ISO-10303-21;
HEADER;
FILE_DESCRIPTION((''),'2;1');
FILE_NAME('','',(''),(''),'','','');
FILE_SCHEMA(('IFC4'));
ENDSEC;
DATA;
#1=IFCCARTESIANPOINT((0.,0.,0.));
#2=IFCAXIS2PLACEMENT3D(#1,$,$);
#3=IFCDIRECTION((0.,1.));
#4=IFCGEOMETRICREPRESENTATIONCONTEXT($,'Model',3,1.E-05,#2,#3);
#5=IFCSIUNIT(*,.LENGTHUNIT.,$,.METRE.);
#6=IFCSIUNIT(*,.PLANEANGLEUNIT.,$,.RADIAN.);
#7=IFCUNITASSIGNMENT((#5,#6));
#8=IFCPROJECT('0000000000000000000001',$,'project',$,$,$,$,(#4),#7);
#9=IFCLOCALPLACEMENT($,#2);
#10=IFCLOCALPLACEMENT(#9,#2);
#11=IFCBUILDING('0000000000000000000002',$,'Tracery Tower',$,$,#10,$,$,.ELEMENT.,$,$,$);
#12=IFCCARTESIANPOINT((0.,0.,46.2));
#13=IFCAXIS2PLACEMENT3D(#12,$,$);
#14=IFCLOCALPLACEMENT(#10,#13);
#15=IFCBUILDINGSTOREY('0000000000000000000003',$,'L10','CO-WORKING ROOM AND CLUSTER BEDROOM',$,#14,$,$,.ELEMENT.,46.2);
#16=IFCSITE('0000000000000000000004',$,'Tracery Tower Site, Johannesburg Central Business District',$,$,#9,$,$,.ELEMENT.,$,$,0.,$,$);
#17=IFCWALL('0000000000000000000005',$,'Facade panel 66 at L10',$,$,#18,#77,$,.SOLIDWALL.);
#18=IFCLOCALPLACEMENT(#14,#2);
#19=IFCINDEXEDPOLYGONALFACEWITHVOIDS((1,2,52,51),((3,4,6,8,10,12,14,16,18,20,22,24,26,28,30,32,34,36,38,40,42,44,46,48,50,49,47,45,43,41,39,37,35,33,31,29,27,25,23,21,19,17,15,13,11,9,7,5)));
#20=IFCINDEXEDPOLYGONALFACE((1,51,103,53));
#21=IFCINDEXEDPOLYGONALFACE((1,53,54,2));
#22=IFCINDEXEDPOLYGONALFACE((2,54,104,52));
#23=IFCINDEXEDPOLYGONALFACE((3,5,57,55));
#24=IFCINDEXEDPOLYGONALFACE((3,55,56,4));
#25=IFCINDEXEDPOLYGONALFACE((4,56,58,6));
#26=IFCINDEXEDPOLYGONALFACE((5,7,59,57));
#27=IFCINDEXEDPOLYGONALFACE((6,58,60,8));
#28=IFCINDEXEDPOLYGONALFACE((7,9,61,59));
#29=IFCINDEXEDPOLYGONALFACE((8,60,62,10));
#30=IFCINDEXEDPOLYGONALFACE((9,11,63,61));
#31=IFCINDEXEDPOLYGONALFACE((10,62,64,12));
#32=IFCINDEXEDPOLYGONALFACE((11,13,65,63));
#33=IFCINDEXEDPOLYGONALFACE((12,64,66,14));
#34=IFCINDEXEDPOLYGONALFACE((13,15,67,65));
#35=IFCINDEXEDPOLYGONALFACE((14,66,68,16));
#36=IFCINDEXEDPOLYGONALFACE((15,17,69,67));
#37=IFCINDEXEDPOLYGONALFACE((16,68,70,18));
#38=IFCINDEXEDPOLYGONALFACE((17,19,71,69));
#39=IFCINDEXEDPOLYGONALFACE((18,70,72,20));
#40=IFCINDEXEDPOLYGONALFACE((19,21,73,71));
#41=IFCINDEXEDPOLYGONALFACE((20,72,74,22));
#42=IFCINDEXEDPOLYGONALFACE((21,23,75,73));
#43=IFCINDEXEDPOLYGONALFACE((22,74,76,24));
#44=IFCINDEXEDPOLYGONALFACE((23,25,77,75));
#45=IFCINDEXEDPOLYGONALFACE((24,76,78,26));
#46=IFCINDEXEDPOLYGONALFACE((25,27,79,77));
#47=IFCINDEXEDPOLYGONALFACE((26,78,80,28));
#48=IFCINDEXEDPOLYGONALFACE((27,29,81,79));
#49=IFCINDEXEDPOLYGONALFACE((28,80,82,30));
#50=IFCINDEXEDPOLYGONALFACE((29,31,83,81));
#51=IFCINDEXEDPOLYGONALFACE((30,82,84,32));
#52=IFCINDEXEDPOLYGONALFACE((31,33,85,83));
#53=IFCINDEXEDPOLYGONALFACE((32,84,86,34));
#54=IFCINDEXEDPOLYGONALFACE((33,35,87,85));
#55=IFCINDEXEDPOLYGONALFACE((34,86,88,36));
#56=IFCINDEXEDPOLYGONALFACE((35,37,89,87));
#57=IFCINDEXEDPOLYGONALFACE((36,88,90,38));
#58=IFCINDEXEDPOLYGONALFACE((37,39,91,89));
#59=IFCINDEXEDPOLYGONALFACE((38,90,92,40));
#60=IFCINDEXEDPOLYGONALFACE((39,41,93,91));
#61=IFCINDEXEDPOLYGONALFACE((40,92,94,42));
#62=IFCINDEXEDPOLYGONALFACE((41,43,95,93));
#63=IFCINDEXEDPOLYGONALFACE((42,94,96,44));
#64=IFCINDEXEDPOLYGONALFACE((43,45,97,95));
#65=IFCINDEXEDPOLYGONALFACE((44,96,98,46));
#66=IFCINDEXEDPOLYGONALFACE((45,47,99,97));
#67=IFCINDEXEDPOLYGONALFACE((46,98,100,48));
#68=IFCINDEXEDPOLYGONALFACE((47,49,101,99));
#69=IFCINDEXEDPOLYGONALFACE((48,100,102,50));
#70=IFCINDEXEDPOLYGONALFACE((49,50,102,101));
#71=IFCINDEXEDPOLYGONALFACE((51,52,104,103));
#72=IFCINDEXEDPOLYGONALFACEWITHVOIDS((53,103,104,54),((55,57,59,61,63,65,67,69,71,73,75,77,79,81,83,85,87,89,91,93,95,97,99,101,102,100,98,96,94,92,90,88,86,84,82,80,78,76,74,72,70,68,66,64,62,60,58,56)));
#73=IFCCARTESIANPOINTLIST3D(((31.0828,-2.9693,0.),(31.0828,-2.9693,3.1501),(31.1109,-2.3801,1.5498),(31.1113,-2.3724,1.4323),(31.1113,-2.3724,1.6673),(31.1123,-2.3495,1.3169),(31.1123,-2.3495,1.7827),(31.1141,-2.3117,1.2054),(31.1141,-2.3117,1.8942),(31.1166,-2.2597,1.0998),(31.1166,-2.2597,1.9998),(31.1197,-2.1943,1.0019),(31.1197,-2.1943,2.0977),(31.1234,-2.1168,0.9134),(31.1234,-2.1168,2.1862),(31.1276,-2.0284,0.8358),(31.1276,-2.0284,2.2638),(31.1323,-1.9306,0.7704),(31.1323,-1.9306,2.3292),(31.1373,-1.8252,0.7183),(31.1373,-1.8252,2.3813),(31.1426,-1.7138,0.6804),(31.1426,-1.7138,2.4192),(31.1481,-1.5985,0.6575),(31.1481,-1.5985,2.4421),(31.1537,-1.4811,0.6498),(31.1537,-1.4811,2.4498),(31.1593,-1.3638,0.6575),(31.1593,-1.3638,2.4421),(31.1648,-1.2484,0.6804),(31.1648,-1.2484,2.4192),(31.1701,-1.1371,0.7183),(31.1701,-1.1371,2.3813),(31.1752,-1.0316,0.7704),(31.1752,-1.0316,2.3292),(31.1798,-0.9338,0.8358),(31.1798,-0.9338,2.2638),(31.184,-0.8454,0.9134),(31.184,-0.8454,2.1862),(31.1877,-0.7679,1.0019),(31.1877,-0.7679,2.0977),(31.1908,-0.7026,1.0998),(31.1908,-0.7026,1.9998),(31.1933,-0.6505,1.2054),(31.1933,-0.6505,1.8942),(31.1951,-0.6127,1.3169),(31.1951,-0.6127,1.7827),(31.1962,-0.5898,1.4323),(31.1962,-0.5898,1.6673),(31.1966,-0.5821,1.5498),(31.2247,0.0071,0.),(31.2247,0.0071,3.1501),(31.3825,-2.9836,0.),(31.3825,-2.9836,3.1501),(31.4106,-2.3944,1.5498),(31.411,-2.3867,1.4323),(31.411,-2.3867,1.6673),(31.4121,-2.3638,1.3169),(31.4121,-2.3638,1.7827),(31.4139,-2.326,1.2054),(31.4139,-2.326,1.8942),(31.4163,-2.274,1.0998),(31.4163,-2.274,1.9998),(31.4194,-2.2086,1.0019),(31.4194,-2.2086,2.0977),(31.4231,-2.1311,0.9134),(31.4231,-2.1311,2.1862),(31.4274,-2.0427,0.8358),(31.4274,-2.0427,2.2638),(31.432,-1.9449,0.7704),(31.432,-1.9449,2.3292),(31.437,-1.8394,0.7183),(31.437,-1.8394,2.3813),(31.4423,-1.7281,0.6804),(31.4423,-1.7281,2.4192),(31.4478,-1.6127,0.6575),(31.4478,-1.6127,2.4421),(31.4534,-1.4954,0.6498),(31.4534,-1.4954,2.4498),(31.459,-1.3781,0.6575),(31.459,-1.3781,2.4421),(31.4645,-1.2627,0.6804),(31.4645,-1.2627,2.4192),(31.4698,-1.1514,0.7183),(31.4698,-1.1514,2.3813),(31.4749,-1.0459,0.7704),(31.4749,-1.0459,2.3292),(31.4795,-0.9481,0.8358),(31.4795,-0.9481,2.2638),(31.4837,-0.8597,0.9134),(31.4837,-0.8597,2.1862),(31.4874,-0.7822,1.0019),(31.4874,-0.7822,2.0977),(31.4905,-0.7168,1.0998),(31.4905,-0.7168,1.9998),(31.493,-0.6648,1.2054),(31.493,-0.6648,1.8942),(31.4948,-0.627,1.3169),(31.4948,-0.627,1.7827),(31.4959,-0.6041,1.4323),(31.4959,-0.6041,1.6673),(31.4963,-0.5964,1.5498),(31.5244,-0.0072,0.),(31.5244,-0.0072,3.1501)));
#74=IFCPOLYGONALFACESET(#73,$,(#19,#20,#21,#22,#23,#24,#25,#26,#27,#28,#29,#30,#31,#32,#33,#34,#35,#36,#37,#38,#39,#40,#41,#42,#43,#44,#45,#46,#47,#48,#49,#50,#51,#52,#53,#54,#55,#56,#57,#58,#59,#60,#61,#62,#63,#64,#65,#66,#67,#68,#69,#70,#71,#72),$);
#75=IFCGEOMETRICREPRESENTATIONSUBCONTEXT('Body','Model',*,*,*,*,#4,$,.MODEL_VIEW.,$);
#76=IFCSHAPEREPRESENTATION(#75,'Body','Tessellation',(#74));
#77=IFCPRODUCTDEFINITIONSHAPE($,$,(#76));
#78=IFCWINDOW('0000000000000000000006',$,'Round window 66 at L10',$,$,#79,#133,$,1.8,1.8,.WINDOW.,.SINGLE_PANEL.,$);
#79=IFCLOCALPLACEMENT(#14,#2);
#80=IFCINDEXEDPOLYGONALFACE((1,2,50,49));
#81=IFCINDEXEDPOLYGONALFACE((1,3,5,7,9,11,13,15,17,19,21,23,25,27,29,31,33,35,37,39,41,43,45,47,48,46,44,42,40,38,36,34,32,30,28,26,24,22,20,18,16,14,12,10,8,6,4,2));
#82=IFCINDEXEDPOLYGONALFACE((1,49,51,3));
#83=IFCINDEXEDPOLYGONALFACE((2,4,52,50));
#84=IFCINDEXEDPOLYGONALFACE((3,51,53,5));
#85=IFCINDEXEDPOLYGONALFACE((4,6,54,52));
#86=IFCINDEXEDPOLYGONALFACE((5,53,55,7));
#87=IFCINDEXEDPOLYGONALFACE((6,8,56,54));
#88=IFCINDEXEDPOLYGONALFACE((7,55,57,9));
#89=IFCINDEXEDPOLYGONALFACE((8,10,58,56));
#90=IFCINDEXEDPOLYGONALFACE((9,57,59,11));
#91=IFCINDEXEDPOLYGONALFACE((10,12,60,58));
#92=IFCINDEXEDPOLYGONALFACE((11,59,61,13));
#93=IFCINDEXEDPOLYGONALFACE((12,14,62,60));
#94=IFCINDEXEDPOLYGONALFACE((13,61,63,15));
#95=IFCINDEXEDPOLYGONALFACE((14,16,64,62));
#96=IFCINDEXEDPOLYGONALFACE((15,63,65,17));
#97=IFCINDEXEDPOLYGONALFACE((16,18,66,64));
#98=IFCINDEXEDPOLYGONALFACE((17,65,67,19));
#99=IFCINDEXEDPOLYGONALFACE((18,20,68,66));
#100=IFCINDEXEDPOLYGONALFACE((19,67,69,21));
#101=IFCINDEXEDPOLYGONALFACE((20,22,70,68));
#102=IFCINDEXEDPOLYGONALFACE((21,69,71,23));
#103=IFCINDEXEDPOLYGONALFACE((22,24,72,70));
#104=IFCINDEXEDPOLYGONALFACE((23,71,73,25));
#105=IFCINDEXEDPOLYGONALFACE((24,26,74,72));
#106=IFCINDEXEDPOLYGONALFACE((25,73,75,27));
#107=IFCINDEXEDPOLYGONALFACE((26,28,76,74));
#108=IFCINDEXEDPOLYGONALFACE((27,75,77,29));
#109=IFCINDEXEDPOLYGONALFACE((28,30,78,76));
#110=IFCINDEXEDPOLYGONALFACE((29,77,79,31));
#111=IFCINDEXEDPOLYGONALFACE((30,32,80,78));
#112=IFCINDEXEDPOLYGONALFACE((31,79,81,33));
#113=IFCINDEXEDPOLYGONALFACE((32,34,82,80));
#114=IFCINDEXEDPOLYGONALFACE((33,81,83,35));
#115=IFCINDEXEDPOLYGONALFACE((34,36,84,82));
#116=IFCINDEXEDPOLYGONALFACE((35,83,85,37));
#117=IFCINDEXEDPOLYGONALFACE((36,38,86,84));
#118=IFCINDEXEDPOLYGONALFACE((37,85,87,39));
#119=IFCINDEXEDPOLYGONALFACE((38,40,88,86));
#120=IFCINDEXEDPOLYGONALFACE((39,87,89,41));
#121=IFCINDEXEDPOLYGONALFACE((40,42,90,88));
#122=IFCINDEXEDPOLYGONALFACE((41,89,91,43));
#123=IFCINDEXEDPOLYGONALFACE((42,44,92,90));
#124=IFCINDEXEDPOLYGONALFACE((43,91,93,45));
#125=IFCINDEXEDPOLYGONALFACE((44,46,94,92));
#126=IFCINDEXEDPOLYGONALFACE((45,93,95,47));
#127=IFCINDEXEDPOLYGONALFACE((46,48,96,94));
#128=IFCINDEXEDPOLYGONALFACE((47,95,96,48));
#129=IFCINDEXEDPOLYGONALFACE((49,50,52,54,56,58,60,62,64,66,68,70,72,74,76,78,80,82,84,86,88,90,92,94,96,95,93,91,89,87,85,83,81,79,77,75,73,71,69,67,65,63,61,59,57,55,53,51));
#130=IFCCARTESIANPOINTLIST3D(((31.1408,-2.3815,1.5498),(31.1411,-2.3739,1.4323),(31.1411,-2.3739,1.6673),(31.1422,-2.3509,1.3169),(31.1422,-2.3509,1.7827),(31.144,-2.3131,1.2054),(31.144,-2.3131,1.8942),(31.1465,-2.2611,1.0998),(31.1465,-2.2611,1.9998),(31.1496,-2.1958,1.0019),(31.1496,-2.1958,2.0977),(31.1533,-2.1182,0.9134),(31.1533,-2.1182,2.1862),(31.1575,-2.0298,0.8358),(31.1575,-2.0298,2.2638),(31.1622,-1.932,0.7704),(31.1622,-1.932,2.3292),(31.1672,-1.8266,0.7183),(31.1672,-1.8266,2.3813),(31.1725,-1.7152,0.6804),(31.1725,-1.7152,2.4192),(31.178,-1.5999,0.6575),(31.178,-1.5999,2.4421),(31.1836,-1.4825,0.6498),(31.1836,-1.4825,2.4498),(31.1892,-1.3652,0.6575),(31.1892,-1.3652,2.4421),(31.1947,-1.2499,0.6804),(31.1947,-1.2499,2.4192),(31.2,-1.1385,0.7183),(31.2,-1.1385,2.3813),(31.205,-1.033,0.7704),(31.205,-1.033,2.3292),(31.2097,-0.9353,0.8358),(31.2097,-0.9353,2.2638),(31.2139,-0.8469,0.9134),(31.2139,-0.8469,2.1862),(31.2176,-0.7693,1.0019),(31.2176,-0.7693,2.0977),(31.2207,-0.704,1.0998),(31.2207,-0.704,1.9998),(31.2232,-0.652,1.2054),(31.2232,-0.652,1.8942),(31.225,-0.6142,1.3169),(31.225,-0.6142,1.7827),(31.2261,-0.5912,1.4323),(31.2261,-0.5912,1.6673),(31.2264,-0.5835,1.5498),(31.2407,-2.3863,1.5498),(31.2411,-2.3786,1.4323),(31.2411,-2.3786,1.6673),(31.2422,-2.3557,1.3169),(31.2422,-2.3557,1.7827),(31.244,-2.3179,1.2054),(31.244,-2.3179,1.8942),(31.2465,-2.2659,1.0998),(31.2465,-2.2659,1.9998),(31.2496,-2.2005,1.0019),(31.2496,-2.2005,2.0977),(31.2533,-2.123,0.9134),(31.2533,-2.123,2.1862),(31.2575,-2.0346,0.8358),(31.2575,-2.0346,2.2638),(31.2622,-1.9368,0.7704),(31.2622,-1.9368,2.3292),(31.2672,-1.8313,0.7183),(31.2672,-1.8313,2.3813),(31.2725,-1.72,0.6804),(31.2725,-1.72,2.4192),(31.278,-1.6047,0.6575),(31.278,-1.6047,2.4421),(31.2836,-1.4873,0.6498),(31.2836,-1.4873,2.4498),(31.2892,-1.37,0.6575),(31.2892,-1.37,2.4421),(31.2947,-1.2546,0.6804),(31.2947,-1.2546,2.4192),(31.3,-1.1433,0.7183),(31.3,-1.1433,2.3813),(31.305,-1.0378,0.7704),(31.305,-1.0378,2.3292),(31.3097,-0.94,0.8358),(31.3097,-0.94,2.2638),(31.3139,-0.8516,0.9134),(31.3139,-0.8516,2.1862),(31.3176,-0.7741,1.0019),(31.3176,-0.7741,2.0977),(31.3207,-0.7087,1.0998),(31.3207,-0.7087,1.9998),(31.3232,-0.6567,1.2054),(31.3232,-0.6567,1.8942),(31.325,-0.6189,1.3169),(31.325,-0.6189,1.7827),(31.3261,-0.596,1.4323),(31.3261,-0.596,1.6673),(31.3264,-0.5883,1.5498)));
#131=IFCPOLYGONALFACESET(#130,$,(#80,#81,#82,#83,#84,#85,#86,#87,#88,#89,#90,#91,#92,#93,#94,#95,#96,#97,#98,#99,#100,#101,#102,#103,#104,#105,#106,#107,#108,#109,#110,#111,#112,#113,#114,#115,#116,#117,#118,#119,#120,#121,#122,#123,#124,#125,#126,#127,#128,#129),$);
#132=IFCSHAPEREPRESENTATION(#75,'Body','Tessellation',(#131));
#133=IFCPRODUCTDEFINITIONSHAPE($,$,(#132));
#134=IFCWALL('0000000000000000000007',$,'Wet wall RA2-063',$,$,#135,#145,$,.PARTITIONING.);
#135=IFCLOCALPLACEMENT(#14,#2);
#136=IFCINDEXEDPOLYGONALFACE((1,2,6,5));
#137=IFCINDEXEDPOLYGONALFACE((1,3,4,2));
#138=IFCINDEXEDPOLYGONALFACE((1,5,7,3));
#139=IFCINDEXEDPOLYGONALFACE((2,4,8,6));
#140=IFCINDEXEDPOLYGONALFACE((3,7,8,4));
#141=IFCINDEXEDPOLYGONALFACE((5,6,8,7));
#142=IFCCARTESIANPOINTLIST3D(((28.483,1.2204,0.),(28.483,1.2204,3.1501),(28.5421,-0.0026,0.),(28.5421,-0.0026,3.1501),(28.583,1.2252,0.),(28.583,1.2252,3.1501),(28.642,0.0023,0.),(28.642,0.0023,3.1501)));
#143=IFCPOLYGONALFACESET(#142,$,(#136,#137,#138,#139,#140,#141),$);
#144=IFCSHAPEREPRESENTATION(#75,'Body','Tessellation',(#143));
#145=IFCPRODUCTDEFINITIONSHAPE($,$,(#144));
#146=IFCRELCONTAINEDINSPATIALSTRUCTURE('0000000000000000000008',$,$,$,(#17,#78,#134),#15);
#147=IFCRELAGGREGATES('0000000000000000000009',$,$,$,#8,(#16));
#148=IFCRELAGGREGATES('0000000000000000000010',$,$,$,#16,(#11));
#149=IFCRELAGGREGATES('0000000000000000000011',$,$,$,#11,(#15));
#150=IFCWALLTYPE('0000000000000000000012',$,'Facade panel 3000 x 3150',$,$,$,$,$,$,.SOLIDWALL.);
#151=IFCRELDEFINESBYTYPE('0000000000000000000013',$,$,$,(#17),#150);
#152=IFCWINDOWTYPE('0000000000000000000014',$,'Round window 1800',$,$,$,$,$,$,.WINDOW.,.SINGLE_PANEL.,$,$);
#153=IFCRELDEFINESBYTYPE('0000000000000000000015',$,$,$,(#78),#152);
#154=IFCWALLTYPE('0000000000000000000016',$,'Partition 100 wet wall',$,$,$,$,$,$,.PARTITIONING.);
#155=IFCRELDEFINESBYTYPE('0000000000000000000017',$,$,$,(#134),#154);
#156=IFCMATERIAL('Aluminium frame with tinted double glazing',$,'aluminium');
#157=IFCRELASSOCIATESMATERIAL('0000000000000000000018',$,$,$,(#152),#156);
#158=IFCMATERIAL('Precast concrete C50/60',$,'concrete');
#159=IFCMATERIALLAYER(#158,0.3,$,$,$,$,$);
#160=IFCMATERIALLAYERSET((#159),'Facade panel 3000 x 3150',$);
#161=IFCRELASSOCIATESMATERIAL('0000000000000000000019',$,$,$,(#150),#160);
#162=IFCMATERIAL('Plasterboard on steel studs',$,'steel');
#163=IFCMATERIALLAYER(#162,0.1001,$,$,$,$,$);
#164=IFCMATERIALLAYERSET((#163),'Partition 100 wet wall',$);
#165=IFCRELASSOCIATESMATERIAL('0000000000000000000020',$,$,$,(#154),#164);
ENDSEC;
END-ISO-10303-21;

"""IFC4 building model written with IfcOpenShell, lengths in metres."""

from ifc_helpers import new_model, si_unit, direction, frame, frame_2d, origin, origin_2d, place, context, subcontext, project, spatial, rectangle, circle, extrude, material, layer, layer_set, type_object, element, fill, save


model = new_model("IFC4")

# Units and contexts
model_context = context("Model", 3, precision=1e-05, world=origin(), true_north=direction((0.0, 1.0)))
body_context = subcontext(model_context, "Body", "Model", "MODEL_VIEW")
ifc_project = project(units=[si_unit("LENGTHUNIT", "METRE"), si_unit("PLANEANGLEUNIT", "RADIAN")], contexts=[model_context])

# Site, building, storey
site_placement = place(None, origin())
site = spatial("IfcSite", under=ifc_project, at=site_placement, Name="Tracery Tower Site, Johannesburg Central Business District", CompositionType="ELEMENT", RefElevation=0.0)
building_placement = place(site_placement, origin())
building = spatial("IfcBuilding", under=site, at=building_placement, Name="Tracery Tower", CompositionType="ELEMENT")
storey_placement = place(building_placement, frame((0.0, 0.0, 46.2)))
storey = spatial("IfcBuildingStorey", under=building, at=storey_placement, Name="L10", Description="CO-WORKING ROOM AND CLUSTER BEDROOM", CompositionType="ELEMENT", Elevation=46.2)

# Wall, opening, window
ifc_material_1 = material(Name="Aluminium frame with tinted double glazing", Category="aluminium")
window_type = type_object("IfcWindowType", Name="Round window 1800", PartitioningType="SINGLE_PANEL", PredefinedType="WINDOW", material=ifc_material_1)
ifc_material_2 = material(Name="Precast concrete C50/60", Category="concrete")
ifc_layer_1 = layer(ifc_material_2, 0.3)
ifc_layer_set_1 = layer_set([ifc_layer_1], Name="Facade panel 3000 x 3150")
wall_type_1 = type_object("IfcWallType", Name="Facade panel 3000 x 3150", PredefinedType="SOLIDWALL", material=ifc_layer_set_1)
wall_1_placement = place(storey_placement, frame((31.2327, -2.9763, 0.0), z_axis=(0.0, 0.0, 1.0), x_axis=(0.047604, 0.998866, 0.0)))
wall_1 = element("IfcWall", 1, at=wall_1_placement, inside=storey, type_object=wall_type_1, Name="Facade panel 66 at L10", PredefinedType="SOLIDWALL", context=body_context, shape_type="SweptSolid", body=[
    extrude(rectangle(XDim=2.9797, YDim=0.3, at=frame_2d((1.4897, 0.0))), origin(), (0.0, 0.0, 1.0), 3.1501),
])
opening_1_placement = place(wall_1_placement, frame((1.4897, 0.0, 1.5498)))
opening_1 = element("IfcOpeningElement", 2, at=opening_1_placement, cuts=wall_1, PredefinedType="OPENING", context=body_context, shape_type="SweptSolid", body=[
    extrude(circle(Radius=0.9, at=origin_2d()), frame((0.0, 0.1599, 0.0), z_axis=(0.0, -1.0, 0.0), x_axis=(1.0, 0.0, 0.0)), (0.0, 0.0, 1.0), 0.3201),
])
window_1_placement = place(opening_1_placement, origin())
window_1 = element("IfcWindow", 3, at=window_1_placement, inside=storey, type_object=window_type, Name="Round window 66 at L10", OverallHeight=1.8, OverallWidth=1.8, PartitioningType="SINGLE_PANEL", PredefinedType="WINDOW", context=body_context, shape_type="SweptSolid", body=[
    extrude(circle(Radius=0.9, at=origin_2d()), frame((0.0, 0.1201, 0.0), z_axis=(0.0, -1.0, 0.0), x_axis=(1.0, 0.0, 0.0)), (0.0, 0.0, 1.0), 0.1001),
])
fill(opening_1, window_1)

# Wall
ifc_material_3 = material(Name="Plasterboard on steel studs", Category="steel")
ifc_layer_2 = layer(ifc_material_3, 0.1001)
ifc_layer_set_2 = layer_set([ifc_layer_2], Name="Partition 100 wet wall")
wall_type_2 = type_object("IfcWallType", Name="Partition 100 wet wall", PredefinedType="PARTITIONING", material=ifc_layer_set_2)
wall_2_placement = place(storey_placement, frame((28.533, 1.2229, 0.0), z_axis=(0.0, 0.0, 1.0), x_axis=(0.048257, -0.998835, 0.0)))
element("IfcWall", 4, at=wall_2_placement, inside=storey, type_object=wall_type_2, Name="Wet wall RA2-063", PredefinedType="PARTITIONING", context=body_context, shape_type="SweptSolid", body=[
    extrude(rectangle(XDim=1.2244, YDim=0.1001, at=frame_2d((0.6123, 0.0))), origin(), (0.0, 0.0, 1.0), 3.1501),
])

save(model, "model.ifc")
